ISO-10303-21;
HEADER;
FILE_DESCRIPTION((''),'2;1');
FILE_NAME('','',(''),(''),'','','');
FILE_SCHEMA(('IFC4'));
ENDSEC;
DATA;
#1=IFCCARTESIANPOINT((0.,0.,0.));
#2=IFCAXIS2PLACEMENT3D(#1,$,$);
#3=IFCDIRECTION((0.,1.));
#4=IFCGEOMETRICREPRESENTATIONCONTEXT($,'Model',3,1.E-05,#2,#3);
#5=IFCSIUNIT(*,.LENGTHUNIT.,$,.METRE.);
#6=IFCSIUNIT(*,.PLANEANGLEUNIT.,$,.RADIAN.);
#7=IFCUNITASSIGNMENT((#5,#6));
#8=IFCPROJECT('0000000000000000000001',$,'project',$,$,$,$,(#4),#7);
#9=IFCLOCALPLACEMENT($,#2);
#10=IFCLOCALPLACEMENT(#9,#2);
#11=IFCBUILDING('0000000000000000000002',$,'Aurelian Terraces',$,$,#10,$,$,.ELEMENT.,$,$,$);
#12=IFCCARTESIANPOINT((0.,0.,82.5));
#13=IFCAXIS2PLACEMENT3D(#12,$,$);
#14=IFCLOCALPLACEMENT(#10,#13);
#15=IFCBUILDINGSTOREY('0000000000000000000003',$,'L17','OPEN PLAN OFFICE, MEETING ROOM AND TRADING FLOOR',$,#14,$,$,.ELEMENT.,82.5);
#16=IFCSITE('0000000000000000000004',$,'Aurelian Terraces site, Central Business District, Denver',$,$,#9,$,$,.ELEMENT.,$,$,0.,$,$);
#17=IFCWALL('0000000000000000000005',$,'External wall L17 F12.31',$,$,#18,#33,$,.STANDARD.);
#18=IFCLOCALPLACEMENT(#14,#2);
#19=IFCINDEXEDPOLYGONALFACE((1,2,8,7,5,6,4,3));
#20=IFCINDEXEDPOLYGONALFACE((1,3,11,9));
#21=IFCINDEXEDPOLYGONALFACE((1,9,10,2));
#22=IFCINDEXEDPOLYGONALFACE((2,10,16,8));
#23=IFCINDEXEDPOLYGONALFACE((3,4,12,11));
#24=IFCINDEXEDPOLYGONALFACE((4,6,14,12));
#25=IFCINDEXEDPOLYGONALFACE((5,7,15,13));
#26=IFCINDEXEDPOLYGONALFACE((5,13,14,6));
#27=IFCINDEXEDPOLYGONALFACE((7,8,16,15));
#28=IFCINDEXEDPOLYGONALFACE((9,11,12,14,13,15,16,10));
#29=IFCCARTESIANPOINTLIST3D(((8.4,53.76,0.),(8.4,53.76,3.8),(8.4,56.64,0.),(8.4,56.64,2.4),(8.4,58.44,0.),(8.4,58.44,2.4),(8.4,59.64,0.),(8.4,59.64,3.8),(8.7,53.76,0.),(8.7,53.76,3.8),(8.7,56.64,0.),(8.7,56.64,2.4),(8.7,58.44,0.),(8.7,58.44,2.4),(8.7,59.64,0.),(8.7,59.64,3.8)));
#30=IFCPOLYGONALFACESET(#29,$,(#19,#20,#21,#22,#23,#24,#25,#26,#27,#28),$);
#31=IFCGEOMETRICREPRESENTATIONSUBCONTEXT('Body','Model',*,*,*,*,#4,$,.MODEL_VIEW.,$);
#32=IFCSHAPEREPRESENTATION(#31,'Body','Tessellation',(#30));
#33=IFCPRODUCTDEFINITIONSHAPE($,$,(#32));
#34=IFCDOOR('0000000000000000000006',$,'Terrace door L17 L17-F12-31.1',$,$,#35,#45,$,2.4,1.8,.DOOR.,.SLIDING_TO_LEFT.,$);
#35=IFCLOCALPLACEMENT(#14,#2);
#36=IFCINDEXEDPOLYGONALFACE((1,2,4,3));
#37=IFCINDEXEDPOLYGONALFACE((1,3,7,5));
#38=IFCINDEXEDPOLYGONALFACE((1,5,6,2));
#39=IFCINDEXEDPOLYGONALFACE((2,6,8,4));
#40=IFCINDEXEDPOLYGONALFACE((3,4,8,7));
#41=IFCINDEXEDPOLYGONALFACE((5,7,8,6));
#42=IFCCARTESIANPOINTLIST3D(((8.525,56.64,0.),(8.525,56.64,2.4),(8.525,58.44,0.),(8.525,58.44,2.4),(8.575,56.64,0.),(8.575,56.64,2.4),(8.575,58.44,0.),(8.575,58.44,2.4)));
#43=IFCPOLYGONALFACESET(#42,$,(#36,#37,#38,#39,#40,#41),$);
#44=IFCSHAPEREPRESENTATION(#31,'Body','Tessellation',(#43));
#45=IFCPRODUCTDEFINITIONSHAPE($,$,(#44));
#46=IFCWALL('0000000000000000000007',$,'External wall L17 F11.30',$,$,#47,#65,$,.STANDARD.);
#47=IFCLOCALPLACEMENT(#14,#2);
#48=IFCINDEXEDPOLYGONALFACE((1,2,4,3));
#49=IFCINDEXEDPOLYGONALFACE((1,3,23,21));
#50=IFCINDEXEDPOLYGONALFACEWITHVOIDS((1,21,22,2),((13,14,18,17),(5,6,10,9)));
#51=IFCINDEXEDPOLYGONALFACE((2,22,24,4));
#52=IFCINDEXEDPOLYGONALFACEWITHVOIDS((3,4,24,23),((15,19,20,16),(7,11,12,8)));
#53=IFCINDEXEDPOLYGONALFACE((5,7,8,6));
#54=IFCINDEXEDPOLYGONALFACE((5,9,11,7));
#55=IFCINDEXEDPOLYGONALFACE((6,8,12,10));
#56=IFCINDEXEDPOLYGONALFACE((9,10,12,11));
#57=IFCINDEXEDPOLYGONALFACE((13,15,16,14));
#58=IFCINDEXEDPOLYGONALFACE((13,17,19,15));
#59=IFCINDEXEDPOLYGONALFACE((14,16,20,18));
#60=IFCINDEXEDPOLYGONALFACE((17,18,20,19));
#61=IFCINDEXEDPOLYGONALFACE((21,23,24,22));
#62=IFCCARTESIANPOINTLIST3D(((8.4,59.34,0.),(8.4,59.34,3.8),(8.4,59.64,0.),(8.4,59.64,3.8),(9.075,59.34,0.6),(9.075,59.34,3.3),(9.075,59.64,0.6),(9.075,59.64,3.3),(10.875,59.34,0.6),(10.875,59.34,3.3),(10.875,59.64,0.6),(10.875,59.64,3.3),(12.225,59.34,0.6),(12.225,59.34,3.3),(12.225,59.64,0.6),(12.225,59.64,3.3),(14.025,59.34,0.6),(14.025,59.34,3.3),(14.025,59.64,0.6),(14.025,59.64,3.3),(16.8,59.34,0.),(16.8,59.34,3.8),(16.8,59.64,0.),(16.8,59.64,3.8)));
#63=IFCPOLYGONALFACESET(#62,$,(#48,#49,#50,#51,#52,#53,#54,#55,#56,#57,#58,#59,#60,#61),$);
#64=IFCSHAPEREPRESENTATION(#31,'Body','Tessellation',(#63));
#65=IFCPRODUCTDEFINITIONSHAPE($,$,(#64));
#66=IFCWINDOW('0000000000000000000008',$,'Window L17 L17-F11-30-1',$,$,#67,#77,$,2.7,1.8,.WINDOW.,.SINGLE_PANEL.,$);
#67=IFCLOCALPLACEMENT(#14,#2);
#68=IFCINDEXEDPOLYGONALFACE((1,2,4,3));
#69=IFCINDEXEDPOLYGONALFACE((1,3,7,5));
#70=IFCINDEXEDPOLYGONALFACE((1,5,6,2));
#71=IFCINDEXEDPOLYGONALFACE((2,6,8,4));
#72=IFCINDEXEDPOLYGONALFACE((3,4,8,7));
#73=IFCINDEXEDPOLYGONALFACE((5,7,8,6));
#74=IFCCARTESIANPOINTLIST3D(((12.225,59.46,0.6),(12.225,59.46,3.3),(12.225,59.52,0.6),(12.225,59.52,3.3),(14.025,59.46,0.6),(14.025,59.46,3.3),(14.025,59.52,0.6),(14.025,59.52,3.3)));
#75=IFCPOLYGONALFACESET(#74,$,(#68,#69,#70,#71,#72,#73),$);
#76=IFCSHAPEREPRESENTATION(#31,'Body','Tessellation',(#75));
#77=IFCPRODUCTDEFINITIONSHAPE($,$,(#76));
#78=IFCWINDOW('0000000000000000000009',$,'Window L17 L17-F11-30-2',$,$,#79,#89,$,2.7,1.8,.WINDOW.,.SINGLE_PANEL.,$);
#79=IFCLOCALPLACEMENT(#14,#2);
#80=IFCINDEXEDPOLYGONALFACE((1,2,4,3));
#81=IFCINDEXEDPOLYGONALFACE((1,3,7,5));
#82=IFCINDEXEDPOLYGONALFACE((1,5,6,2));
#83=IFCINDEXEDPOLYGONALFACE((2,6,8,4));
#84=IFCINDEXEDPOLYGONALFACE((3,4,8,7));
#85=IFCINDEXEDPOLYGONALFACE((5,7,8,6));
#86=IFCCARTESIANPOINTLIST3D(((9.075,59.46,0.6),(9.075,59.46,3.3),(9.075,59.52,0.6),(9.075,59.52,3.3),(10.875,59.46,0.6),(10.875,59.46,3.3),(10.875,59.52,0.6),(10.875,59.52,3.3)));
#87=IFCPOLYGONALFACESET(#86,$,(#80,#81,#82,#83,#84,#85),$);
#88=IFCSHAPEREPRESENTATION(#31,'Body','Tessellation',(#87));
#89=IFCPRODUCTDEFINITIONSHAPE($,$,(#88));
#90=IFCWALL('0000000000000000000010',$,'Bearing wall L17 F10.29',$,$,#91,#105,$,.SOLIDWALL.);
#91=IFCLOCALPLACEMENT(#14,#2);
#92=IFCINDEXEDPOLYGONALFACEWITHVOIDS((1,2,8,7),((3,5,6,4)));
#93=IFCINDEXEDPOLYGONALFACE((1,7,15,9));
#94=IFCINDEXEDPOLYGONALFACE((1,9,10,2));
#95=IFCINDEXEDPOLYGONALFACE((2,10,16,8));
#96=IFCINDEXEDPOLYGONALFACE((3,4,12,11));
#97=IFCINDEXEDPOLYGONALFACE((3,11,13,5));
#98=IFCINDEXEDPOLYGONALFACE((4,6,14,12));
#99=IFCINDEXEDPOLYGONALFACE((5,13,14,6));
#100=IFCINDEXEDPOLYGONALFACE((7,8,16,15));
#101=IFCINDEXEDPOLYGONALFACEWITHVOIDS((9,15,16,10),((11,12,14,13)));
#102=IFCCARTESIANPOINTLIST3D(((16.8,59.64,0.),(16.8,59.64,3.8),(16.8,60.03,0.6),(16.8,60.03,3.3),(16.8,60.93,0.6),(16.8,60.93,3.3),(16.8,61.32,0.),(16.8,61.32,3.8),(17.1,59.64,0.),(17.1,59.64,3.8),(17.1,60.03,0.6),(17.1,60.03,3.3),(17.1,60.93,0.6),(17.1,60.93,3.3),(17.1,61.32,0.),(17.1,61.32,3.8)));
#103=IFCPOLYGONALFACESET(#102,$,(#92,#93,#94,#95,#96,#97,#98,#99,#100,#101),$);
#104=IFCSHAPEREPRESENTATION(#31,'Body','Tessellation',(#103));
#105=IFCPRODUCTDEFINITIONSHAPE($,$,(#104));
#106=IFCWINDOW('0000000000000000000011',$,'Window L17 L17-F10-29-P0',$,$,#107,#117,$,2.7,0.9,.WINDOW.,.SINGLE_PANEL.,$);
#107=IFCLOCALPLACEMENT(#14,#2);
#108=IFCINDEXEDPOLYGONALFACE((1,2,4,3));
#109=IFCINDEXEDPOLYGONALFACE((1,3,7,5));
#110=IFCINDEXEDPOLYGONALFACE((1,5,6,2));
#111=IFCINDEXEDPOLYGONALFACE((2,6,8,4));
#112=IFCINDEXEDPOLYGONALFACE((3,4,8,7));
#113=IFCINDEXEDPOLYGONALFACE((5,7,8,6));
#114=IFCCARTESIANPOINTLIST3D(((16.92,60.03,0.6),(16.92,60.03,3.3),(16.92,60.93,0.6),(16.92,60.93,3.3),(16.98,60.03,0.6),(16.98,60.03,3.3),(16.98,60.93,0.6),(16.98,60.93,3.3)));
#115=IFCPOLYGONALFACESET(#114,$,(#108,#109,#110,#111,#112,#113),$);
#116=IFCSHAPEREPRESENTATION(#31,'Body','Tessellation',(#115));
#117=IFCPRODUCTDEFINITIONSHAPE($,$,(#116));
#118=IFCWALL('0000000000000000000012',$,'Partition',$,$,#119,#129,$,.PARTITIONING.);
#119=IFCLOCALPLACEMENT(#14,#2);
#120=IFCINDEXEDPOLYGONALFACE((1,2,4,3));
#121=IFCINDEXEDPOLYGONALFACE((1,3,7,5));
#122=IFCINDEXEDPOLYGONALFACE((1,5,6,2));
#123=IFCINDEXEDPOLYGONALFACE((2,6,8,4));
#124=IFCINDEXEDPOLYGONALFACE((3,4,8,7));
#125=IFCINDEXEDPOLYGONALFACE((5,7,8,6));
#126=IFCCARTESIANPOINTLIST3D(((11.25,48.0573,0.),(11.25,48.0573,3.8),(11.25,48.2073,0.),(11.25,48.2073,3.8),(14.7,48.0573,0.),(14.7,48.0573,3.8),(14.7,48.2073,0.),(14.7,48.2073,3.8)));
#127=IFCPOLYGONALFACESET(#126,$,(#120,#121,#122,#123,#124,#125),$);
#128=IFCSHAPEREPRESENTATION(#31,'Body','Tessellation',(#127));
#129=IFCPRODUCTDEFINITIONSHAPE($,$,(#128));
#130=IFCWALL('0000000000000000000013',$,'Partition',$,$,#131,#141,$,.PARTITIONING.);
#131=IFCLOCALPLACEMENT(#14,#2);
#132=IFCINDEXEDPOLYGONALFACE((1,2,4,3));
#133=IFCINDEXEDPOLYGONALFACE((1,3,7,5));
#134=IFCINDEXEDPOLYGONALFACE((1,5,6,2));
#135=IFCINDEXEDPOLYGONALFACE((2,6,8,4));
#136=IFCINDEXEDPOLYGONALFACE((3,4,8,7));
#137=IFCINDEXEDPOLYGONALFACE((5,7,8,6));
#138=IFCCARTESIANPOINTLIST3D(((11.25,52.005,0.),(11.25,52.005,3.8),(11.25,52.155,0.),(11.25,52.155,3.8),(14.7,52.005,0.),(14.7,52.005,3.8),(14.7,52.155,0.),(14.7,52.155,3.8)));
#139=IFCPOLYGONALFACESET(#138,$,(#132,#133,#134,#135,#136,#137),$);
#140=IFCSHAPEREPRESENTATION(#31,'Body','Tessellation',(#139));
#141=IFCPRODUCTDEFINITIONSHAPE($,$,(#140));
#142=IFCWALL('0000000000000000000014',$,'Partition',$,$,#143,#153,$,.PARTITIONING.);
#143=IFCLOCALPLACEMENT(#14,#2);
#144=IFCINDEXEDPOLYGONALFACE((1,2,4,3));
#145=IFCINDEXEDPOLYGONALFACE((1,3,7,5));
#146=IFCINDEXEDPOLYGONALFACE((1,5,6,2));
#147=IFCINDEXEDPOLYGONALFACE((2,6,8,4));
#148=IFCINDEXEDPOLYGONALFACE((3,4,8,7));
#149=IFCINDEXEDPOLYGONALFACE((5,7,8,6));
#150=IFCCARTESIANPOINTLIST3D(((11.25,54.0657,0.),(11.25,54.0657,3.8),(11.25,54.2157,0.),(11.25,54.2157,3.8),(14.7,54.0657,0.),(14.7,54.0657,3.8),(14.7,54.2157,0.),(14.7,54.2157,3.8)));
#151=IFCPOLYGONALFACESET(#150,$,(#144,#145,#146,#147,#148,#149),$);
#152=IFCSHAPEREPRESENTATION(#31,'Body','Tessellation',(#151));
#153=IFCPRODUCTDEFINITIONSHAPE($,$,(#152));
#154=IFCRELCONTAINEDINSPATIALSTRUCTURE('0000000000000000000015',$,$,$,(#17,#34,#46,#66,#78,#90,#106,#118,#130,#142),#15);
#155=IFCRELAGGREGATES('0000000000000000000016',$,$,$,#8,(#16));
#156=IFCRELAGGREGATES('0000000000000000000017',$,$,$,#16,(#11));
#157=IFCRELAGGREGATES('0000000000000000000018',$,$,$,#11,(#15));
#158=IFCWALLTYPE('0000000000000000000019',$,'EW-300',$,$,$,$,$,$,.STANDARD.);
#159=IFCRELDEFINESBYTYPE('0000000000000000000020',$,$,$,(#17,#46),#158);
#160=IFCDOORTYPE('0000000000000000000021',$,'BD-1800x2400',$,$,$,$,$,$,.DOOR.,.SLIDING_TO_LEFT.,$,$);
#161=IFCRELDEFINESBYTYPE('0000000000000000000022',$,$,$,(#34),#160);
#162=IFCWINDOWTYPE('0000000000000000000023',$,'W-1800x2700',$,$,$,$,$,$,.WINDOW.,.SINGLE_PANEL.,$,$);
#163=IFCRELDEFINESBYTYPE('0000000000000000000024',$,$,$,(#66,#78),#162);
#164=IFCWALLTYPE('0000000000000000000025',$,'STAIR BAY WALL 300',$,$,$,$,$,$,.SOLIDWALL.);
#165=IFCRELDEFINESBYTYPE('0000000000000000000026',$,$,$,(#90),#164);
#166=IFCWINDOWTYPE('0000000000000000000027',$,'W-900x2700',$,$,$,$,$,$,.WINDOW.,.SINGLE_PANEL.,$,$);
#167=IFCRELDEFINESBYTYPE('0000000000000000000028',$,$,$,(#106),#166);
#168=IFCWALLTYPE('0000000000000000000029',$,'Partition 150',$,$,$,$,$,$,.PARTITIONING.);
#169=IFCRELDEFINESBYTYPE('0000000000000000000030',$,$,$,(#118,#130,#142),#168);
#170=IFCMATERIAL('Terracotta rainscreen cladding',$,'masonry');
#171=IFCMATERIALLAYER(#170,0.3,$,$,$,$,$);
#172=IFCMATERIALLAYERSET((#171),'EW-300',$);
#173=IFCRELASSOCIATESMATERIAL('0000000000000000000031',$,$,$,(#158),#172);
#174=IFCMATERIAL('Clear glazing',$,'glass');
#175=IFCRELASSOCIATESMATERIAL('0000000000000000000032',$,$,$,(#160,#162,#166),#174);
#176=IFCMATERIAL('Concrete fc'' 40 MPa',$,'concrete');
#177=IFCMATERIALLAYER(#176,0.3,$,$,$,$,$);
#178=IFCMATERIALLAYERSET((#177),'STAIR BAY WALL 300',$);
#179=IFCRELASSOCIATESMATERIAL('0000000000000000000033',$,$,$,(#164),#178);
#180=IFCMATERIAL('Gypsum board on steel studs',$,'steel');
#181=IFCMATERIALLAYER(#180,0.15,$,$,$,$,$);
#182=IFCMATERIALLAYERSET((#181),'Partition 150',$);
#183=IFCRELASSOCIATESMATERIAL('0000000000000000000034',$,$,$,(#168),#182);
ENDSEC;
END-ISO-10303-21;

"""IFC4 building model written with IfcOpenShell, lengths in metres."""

from ifc_helpers import new_model, si_unit, direction, frame, frame_2d, origin, place, context, subcontext, project, spatial, rectangle, extrude, source, transform, mapped, material, layer, layer_set, type_object, element, fill, save


model = new_model("IFC4")

# Units and contexts
model_context = context("Model", 3, precision=1e-05, world=origin(), true_north=direction((0.0, 1.0)))
body_context = subcontext(model_context, "Body", "Model", "MODEL_VIEW")
ifc_project = project(units=[si_unit("LENGTHUNIT", "METRE"), si_unit("PLANEANGLEUNIT", "RADIAN")], contexts=[model_context])

# Site, building, storey
site_placement = place(None, origin())
site = spatial("IfcSite", under=ifc_project, at=site_placement, Name="Aurelian Terraces site, Central Business District, Denver", CompositionType="ELEMENT", RefElevation=0.0)
building_placement = place(site_placement, origin())
building = spatial("IfcBuilding", under=site, at=building_placement, Name="Aurelian Terraces", CompositionType="ELEMENT")
storey_placement = place(building_placement, frame((0.0, 0.0, 82.5)))
storey = spatial("IfcBuildingStorey", under=building, at=storey_placement, Name="L17", Description="OPEN PLAN OFFICE, MEETING ROOM AND TRADING FLOOR", CompositionType="ELEMENT", Elevation=82.5)

# Shared definitions
ifc_material_1 = material(Name="Gypsum board on steel studs", Category="steel")

# Wall, opening, door
ifc_material_2 = material(Name="Terracotta rainscreen cladding", Category="masonry")
ifc_layer_1 = layer(ifc_material_2, 0.3)
ifc_layer_set_1 = layer_set([ifc_layer_1], Name="EW-300")
wall_type_1 = type_object("IfcWallType", Name="EW-300", PredefinedType="STANDARD", material=ifc_layer_set_1)
shared_shape_1 = source(origin(), body_context, "Body", "SweptSolid", [
    extrude(rectangle(XDim=5.88, YDim=0.3, at=frame_2d((2.94, 0.0))), origin(), (0.0, 0.0, 1.0), 3.8),
])
wall_1_placement = place(storey_placement, frame((8.55, 59.64, 0.0), z_axis=(0.0, 0.0, 1.0), x_axis=(0.0, -1.0, 0.0)))
wall_1 = element("IfcWall", 1, at=wall_1_placement, inside=storey, type_object=wall_type_1, Name="External wall L17 F12.31", PredefinedType="STANDARD", context=body_context, shape_type="MappedRepresentation", body=[
    mapped(shared_shape_1, transform((0.0, 0.0, 0.0), scale=1.0)),
])
shared_shape_2 = source(origin(), body_context, "Body", "SweptSolid", [
    extrude(rectangle(XDim=1.8, YDim=2.4, at=frame_2d((0.9, 1.2))), frame((0.0, 0.16, 0.0), z_axis=(0.0, -1.0, 0.0), x_axis=(1.0, 0.0, 0.0)), (0.0, 0.0, 1.0), 0.32),
])
opening_1_placement = place(wall_1_placement, frame((1.2, 0.0, 0.0)))
opening_1 = element("IfcOpeningElement", 2, at=opening_1_placement, cuts=wall_1, PredefinedType="OPENING", context=body_context, shape_type="MappedRepresentation", body=[
    mapped(shared_shape_2, transform((0.0, 0.0, 0.0), scale=1.0)),
])
ifc_material_3 = material(Name="Clear glazing", Category="glass")
door_type_1 = type_object("IfcDoorType", Name="BD-1800x2400", OperationType="SLIDING_TO_LEFT", PredefinedType="DOOR", material=ifc_material_3)
shared_shape_3 = source(origin(), body_context, "Body", "SweptSolid", [
    extrude(rectangle(XDim=1.8, YDim=2.4, at=frame_2d((0.9, 1.2))), frame((0.0, 0.025, 0.0), z_axis=(0.0, -1.0, 0.0), x_axis=(1.0, 0.0, 0.0)), (0.0, 0.0, 1.0), 0.05),
])
door_1_placement = place(opening_1_placement, origin())
door_1 = element("IfcDoor", 3, at=door_1_placement, inside=storey, type_object=door_type_1, Name="Terrace door L17 L17-F12-31.1", OperationType="SLIDING_TO_LEFT", OverallHeight=2.4, OverallWidth=1.8, PredefinedType="DOOR", context=body_context, shape_type="MappedRepresentation", body=[
    mapped(shared_shape_3, transform((0.0, 0.0, 0.0), scale=1.0)),
])
fill(opening_1, door_1)

# Wall, openings, windows
shared_shape_4 = source(origin(), body_context, "Body", "SweptSolid", [
    extrude(rectangle(XDim=8.4, YDim=0.3, at=frame_2d((4.2, 0.0))), origin(), (0.0, 0.0, 1.0), 3.8),
])
wall_2_placement = place(storey_placement, frame((16.8, 59.49, 0.0), z_axis=(0.0, 0.0, 1.0), x_axis=(-1.0, 0.0, 0.0)))
wall_2 = element("IfcWall", 4, at=wall_2_placement, inside=storey, type_object=wall_type_1, Name="External wall L17 F11.30", PredefinedType="STANDARD", context=body_context, shape_type="MappedRepresentation", body=[
    mapped(shared_shape_4, transform((0.0, 0.0, 0.0), scale=1.0)),
])
shared_shape_5 = source(origin(), body_context, "Body", "SweptSolid", [
    extrude(rectangle(XDim=1.8, YDim=2.7, at=frame_2d((0.9, 1.35))), frame((0.0, 0.16, 0.0), z_axis=(0.0, -1.0, 0.0), x_axis=(1.0, 0.0, 0.0)), (0.0, 0.0, 1.0), 0.32),
])
opening_2_placement = place(wall_2_placement, frame((2.775, 0.0, 0.6)))
opening_2 = element("IfcOpeningElement", 5, at=opening_2_placement, cuts=wall_2, PredefinedType="OPENING", context=body_context, shape_type="MappedRepresentation", body=[
    mapped(shared_shape_5, transform((0.0, 0.0, 0.0), scale=1.0)),
])
opening_3_placement = place(wall_2_placement, frame((5.925, 0.0, 0.6)))
opening_3 = element("IfcOpeningElement", 6, at=opening_3_placement, cuts=wall_2, PredefinedType="OPENING", context=body_context, shape_type="MappedRepresentation", body=[
    mapped(shared_shape_5, transform((0.0, 0.0, 0.0), scale=1.0)),
])
window_type_1 = type_object("IfcWindowType", Name="W-1800x2700", PartitioningType="SINGLE_PANEL", PredefinedType="WINDOW", material=ifc_material_3)
shared_shape_6 = source(origin(), body_context, "Body", "SweptSolid", [
    extrude(rectangle(XDim=1.8, YDim=2.7, at=frame_2d((0.9, 1.35))), frame((0.0, 0.03, 0.0), z_axis=(0.0, -1.0, 0.0), x_axis=(1.0, 0.0, 0.0)), (0.0, 0.0, 1.0), 0.06),
])
window_1_placement = place(opening_2_placement, origin())
window_1 = element("IfcWindow", 7, at=window_1_placement, inside=storey, type_object=window_type_1, Name="Window L17 L17-F11-30-1", OverallHeight=2.7, OverallWidth=1.8, PartitioningType="SINGLE_PANEL", PredefinedType="WINDOW", context=body_context, shape_type="MappedRepresentation", body=[
    mapped(shared_shape_6, transform((0.0, 0.0, 0.0), scale=1.0)),
])
fill(opening_2, window_1)
window_2_placement = place(opening_3_placement, origin())
window_2 = element("IfcWindow", 8, at=window_2_placement, inside=storey, type_object=window_type_1, Name="Window L17 L17-F11-30-2", OverallHeight=2.7, OverallWidth=1.8, PartitioningType="SINGLE_PANEL", PredefinedType="WINDOW", context=body_context, shape_type="MappedRepresentation", body=[
    mapped(shared_shape_6, transform((0.0, 0.0, 0.0), scale=1.0)),
])
fill(opening_3, window_2)

# Wall, opening, window
ifc_material_4 = material(Name="Concrete fc' 40 MPa", Category="concrete")
ifc_layer_2 = layer(ifc_material_4, 0.3)
ifc_layer_set_2 = layer_set([ifc_layer_2], Name="STAIR BAY WALL 300")
wall_type_2 = type_object("IfcWallType", Name="STAIR BAY WALL 300", PredefinedType="SOLIDWALL", material=ifc_layer_set_2)
shared_shape_7 = source(origin(), body_context, "Body", "SweptSolid", [
    extrude(rectangle(XDim=1.68, YDim=0.3, at=frame_2d((0.84, 0.0))), origin(), (0.0, 0.0, 1.0), 3.8),
])
wall_3_placement = place(storey_placement, frame((16.95, 61.32, 0.0), z_axis=(0.0, 0.0, 1.0), x_axis=(0.0, -1.0, 0.0)))
wall_3 = element("IfcWall", 9, at=wall_3_placement, inside=storey, type_object=wall_type_2, Name="Bearing wall L17 F10.29", PredefinedType="SOLIDWALL", context=body_context, shape_type="MappedRepresentation", body=[
    mapped(shared_shape_7, transform((0.0, 0.0, 0.0), scale=1.0)),
])
shared_shape_8 = source(origin(), body_context, "Body", "SweptSolid", [
    extrude(rectangle(XDim=0.9, YDim=2.7, at=frame_2d((0.45, 1.35))), frame((0.0, 0.16, 0.0), z_axis=(0.0, -1.0, 0.0), x_axis=(1.0, 0.0, 0.0)), (0.0, 0.0, 1.0), 0.32),
])
opening_4_placement = place(wall_3_placement, frame((0.39, 0.0, 0.6)))
opening_4 = element("IfcOpeningElement", 10, at=opening_4_placement, cuts=wall_3, PredefinedType="OPENING", context=body_context, shape_type="MappedRepresentation", body=[
    mapped(shared_shape_8, transform((0.0, 0.0, 0.0), scale=1.0)),
])
window_type_2 = type_object("IfcWindowType", Name="W-900x2700", PartitioningType="SINGLE_PANEL", PredefinedType="WINDOW", material=ifc_material_3)
shared_shape_9 = source(origin(), body_context, "Body", "SweptSolid", [
    extrude(rectangle(XDim=0.9, YDim=2.7, at=frame_2d((0.45, 1.35))), frame((0.0, 0.03, 0.0), z_axis=(0.0, -1.0, 0.0), x_axis=(1.0, 0.0, 0.0)), (0.0, 0.0, 1.0), 0.06),
])
window_3_placement = place(opening_4_placement, origin())
window_3 = element("IfcWindow", 11, at=window_3_placement, inside=storey, type_object=window_type_2, Name="Window L17 L17-F10-29-P0", OverallHeight=2.7, OverallWidth=0.9, PartitioningType="SINGLE_PANEL", PredefinedType="WINDOW", context=body_context, shape_type="MappedRepresentation", body=[
    mapped(shared_shape_9, transform((0.0, 0.0, 0.0), scale=1.0)),
])
fill(opening_4, window_3)

# Walls
ifc_layer_3 = layer(ifc_material_1, 0.15)
ifc_layer_set_3 = layer_set([ifc_layer_3], Name="Partition 150")
wall_type_3 = type_object("IfcWallType", Name="Partition 150", PredefinedType="PARTITIONING", material=ifc_layer_set_3)
shared_shape_10 = source(origin(), body_context, "Body", "SweptSolid", [
    extrude(rectangle(XDim=3.45, YDim=0.15, at=frame_2d((1.725, 0.0))), origin(), (0.0, 0.0, 1.0), 3.8),
])
for number, where, z_axis, x_axis, name in (
    (12, (14.7, 48.1323, 0.0), (0.0, 0.0, 1.0), (-1.0, 0.0, 0.0), "Partition"),
    (13, (14.7, 52.08, 0.0), (0.0, 0.0, 1.0), (-1.0, 0.0, 0.0), "Partition"),
    (14, (14.7, 54.1407, 0.0), (0.0, 0.0, 1.0), (-1.0, 0.0, 0.0), "Partition"),
):
    element("IfcWall", number, at=place(storey_placement, frame(where, z_axis=z_axis, x_axis=x_axis)), inside=storey, type_object=wall_type_3, Name=name, PredefinedType="PARTITIONING", context=body_context, shape_type="MappedRepresentation", body=[
        mapped(shared_shape_10, transform((0.0, 0.0, 0.0), scale=1.0)),
    ])

save(model, "model.ifc")
